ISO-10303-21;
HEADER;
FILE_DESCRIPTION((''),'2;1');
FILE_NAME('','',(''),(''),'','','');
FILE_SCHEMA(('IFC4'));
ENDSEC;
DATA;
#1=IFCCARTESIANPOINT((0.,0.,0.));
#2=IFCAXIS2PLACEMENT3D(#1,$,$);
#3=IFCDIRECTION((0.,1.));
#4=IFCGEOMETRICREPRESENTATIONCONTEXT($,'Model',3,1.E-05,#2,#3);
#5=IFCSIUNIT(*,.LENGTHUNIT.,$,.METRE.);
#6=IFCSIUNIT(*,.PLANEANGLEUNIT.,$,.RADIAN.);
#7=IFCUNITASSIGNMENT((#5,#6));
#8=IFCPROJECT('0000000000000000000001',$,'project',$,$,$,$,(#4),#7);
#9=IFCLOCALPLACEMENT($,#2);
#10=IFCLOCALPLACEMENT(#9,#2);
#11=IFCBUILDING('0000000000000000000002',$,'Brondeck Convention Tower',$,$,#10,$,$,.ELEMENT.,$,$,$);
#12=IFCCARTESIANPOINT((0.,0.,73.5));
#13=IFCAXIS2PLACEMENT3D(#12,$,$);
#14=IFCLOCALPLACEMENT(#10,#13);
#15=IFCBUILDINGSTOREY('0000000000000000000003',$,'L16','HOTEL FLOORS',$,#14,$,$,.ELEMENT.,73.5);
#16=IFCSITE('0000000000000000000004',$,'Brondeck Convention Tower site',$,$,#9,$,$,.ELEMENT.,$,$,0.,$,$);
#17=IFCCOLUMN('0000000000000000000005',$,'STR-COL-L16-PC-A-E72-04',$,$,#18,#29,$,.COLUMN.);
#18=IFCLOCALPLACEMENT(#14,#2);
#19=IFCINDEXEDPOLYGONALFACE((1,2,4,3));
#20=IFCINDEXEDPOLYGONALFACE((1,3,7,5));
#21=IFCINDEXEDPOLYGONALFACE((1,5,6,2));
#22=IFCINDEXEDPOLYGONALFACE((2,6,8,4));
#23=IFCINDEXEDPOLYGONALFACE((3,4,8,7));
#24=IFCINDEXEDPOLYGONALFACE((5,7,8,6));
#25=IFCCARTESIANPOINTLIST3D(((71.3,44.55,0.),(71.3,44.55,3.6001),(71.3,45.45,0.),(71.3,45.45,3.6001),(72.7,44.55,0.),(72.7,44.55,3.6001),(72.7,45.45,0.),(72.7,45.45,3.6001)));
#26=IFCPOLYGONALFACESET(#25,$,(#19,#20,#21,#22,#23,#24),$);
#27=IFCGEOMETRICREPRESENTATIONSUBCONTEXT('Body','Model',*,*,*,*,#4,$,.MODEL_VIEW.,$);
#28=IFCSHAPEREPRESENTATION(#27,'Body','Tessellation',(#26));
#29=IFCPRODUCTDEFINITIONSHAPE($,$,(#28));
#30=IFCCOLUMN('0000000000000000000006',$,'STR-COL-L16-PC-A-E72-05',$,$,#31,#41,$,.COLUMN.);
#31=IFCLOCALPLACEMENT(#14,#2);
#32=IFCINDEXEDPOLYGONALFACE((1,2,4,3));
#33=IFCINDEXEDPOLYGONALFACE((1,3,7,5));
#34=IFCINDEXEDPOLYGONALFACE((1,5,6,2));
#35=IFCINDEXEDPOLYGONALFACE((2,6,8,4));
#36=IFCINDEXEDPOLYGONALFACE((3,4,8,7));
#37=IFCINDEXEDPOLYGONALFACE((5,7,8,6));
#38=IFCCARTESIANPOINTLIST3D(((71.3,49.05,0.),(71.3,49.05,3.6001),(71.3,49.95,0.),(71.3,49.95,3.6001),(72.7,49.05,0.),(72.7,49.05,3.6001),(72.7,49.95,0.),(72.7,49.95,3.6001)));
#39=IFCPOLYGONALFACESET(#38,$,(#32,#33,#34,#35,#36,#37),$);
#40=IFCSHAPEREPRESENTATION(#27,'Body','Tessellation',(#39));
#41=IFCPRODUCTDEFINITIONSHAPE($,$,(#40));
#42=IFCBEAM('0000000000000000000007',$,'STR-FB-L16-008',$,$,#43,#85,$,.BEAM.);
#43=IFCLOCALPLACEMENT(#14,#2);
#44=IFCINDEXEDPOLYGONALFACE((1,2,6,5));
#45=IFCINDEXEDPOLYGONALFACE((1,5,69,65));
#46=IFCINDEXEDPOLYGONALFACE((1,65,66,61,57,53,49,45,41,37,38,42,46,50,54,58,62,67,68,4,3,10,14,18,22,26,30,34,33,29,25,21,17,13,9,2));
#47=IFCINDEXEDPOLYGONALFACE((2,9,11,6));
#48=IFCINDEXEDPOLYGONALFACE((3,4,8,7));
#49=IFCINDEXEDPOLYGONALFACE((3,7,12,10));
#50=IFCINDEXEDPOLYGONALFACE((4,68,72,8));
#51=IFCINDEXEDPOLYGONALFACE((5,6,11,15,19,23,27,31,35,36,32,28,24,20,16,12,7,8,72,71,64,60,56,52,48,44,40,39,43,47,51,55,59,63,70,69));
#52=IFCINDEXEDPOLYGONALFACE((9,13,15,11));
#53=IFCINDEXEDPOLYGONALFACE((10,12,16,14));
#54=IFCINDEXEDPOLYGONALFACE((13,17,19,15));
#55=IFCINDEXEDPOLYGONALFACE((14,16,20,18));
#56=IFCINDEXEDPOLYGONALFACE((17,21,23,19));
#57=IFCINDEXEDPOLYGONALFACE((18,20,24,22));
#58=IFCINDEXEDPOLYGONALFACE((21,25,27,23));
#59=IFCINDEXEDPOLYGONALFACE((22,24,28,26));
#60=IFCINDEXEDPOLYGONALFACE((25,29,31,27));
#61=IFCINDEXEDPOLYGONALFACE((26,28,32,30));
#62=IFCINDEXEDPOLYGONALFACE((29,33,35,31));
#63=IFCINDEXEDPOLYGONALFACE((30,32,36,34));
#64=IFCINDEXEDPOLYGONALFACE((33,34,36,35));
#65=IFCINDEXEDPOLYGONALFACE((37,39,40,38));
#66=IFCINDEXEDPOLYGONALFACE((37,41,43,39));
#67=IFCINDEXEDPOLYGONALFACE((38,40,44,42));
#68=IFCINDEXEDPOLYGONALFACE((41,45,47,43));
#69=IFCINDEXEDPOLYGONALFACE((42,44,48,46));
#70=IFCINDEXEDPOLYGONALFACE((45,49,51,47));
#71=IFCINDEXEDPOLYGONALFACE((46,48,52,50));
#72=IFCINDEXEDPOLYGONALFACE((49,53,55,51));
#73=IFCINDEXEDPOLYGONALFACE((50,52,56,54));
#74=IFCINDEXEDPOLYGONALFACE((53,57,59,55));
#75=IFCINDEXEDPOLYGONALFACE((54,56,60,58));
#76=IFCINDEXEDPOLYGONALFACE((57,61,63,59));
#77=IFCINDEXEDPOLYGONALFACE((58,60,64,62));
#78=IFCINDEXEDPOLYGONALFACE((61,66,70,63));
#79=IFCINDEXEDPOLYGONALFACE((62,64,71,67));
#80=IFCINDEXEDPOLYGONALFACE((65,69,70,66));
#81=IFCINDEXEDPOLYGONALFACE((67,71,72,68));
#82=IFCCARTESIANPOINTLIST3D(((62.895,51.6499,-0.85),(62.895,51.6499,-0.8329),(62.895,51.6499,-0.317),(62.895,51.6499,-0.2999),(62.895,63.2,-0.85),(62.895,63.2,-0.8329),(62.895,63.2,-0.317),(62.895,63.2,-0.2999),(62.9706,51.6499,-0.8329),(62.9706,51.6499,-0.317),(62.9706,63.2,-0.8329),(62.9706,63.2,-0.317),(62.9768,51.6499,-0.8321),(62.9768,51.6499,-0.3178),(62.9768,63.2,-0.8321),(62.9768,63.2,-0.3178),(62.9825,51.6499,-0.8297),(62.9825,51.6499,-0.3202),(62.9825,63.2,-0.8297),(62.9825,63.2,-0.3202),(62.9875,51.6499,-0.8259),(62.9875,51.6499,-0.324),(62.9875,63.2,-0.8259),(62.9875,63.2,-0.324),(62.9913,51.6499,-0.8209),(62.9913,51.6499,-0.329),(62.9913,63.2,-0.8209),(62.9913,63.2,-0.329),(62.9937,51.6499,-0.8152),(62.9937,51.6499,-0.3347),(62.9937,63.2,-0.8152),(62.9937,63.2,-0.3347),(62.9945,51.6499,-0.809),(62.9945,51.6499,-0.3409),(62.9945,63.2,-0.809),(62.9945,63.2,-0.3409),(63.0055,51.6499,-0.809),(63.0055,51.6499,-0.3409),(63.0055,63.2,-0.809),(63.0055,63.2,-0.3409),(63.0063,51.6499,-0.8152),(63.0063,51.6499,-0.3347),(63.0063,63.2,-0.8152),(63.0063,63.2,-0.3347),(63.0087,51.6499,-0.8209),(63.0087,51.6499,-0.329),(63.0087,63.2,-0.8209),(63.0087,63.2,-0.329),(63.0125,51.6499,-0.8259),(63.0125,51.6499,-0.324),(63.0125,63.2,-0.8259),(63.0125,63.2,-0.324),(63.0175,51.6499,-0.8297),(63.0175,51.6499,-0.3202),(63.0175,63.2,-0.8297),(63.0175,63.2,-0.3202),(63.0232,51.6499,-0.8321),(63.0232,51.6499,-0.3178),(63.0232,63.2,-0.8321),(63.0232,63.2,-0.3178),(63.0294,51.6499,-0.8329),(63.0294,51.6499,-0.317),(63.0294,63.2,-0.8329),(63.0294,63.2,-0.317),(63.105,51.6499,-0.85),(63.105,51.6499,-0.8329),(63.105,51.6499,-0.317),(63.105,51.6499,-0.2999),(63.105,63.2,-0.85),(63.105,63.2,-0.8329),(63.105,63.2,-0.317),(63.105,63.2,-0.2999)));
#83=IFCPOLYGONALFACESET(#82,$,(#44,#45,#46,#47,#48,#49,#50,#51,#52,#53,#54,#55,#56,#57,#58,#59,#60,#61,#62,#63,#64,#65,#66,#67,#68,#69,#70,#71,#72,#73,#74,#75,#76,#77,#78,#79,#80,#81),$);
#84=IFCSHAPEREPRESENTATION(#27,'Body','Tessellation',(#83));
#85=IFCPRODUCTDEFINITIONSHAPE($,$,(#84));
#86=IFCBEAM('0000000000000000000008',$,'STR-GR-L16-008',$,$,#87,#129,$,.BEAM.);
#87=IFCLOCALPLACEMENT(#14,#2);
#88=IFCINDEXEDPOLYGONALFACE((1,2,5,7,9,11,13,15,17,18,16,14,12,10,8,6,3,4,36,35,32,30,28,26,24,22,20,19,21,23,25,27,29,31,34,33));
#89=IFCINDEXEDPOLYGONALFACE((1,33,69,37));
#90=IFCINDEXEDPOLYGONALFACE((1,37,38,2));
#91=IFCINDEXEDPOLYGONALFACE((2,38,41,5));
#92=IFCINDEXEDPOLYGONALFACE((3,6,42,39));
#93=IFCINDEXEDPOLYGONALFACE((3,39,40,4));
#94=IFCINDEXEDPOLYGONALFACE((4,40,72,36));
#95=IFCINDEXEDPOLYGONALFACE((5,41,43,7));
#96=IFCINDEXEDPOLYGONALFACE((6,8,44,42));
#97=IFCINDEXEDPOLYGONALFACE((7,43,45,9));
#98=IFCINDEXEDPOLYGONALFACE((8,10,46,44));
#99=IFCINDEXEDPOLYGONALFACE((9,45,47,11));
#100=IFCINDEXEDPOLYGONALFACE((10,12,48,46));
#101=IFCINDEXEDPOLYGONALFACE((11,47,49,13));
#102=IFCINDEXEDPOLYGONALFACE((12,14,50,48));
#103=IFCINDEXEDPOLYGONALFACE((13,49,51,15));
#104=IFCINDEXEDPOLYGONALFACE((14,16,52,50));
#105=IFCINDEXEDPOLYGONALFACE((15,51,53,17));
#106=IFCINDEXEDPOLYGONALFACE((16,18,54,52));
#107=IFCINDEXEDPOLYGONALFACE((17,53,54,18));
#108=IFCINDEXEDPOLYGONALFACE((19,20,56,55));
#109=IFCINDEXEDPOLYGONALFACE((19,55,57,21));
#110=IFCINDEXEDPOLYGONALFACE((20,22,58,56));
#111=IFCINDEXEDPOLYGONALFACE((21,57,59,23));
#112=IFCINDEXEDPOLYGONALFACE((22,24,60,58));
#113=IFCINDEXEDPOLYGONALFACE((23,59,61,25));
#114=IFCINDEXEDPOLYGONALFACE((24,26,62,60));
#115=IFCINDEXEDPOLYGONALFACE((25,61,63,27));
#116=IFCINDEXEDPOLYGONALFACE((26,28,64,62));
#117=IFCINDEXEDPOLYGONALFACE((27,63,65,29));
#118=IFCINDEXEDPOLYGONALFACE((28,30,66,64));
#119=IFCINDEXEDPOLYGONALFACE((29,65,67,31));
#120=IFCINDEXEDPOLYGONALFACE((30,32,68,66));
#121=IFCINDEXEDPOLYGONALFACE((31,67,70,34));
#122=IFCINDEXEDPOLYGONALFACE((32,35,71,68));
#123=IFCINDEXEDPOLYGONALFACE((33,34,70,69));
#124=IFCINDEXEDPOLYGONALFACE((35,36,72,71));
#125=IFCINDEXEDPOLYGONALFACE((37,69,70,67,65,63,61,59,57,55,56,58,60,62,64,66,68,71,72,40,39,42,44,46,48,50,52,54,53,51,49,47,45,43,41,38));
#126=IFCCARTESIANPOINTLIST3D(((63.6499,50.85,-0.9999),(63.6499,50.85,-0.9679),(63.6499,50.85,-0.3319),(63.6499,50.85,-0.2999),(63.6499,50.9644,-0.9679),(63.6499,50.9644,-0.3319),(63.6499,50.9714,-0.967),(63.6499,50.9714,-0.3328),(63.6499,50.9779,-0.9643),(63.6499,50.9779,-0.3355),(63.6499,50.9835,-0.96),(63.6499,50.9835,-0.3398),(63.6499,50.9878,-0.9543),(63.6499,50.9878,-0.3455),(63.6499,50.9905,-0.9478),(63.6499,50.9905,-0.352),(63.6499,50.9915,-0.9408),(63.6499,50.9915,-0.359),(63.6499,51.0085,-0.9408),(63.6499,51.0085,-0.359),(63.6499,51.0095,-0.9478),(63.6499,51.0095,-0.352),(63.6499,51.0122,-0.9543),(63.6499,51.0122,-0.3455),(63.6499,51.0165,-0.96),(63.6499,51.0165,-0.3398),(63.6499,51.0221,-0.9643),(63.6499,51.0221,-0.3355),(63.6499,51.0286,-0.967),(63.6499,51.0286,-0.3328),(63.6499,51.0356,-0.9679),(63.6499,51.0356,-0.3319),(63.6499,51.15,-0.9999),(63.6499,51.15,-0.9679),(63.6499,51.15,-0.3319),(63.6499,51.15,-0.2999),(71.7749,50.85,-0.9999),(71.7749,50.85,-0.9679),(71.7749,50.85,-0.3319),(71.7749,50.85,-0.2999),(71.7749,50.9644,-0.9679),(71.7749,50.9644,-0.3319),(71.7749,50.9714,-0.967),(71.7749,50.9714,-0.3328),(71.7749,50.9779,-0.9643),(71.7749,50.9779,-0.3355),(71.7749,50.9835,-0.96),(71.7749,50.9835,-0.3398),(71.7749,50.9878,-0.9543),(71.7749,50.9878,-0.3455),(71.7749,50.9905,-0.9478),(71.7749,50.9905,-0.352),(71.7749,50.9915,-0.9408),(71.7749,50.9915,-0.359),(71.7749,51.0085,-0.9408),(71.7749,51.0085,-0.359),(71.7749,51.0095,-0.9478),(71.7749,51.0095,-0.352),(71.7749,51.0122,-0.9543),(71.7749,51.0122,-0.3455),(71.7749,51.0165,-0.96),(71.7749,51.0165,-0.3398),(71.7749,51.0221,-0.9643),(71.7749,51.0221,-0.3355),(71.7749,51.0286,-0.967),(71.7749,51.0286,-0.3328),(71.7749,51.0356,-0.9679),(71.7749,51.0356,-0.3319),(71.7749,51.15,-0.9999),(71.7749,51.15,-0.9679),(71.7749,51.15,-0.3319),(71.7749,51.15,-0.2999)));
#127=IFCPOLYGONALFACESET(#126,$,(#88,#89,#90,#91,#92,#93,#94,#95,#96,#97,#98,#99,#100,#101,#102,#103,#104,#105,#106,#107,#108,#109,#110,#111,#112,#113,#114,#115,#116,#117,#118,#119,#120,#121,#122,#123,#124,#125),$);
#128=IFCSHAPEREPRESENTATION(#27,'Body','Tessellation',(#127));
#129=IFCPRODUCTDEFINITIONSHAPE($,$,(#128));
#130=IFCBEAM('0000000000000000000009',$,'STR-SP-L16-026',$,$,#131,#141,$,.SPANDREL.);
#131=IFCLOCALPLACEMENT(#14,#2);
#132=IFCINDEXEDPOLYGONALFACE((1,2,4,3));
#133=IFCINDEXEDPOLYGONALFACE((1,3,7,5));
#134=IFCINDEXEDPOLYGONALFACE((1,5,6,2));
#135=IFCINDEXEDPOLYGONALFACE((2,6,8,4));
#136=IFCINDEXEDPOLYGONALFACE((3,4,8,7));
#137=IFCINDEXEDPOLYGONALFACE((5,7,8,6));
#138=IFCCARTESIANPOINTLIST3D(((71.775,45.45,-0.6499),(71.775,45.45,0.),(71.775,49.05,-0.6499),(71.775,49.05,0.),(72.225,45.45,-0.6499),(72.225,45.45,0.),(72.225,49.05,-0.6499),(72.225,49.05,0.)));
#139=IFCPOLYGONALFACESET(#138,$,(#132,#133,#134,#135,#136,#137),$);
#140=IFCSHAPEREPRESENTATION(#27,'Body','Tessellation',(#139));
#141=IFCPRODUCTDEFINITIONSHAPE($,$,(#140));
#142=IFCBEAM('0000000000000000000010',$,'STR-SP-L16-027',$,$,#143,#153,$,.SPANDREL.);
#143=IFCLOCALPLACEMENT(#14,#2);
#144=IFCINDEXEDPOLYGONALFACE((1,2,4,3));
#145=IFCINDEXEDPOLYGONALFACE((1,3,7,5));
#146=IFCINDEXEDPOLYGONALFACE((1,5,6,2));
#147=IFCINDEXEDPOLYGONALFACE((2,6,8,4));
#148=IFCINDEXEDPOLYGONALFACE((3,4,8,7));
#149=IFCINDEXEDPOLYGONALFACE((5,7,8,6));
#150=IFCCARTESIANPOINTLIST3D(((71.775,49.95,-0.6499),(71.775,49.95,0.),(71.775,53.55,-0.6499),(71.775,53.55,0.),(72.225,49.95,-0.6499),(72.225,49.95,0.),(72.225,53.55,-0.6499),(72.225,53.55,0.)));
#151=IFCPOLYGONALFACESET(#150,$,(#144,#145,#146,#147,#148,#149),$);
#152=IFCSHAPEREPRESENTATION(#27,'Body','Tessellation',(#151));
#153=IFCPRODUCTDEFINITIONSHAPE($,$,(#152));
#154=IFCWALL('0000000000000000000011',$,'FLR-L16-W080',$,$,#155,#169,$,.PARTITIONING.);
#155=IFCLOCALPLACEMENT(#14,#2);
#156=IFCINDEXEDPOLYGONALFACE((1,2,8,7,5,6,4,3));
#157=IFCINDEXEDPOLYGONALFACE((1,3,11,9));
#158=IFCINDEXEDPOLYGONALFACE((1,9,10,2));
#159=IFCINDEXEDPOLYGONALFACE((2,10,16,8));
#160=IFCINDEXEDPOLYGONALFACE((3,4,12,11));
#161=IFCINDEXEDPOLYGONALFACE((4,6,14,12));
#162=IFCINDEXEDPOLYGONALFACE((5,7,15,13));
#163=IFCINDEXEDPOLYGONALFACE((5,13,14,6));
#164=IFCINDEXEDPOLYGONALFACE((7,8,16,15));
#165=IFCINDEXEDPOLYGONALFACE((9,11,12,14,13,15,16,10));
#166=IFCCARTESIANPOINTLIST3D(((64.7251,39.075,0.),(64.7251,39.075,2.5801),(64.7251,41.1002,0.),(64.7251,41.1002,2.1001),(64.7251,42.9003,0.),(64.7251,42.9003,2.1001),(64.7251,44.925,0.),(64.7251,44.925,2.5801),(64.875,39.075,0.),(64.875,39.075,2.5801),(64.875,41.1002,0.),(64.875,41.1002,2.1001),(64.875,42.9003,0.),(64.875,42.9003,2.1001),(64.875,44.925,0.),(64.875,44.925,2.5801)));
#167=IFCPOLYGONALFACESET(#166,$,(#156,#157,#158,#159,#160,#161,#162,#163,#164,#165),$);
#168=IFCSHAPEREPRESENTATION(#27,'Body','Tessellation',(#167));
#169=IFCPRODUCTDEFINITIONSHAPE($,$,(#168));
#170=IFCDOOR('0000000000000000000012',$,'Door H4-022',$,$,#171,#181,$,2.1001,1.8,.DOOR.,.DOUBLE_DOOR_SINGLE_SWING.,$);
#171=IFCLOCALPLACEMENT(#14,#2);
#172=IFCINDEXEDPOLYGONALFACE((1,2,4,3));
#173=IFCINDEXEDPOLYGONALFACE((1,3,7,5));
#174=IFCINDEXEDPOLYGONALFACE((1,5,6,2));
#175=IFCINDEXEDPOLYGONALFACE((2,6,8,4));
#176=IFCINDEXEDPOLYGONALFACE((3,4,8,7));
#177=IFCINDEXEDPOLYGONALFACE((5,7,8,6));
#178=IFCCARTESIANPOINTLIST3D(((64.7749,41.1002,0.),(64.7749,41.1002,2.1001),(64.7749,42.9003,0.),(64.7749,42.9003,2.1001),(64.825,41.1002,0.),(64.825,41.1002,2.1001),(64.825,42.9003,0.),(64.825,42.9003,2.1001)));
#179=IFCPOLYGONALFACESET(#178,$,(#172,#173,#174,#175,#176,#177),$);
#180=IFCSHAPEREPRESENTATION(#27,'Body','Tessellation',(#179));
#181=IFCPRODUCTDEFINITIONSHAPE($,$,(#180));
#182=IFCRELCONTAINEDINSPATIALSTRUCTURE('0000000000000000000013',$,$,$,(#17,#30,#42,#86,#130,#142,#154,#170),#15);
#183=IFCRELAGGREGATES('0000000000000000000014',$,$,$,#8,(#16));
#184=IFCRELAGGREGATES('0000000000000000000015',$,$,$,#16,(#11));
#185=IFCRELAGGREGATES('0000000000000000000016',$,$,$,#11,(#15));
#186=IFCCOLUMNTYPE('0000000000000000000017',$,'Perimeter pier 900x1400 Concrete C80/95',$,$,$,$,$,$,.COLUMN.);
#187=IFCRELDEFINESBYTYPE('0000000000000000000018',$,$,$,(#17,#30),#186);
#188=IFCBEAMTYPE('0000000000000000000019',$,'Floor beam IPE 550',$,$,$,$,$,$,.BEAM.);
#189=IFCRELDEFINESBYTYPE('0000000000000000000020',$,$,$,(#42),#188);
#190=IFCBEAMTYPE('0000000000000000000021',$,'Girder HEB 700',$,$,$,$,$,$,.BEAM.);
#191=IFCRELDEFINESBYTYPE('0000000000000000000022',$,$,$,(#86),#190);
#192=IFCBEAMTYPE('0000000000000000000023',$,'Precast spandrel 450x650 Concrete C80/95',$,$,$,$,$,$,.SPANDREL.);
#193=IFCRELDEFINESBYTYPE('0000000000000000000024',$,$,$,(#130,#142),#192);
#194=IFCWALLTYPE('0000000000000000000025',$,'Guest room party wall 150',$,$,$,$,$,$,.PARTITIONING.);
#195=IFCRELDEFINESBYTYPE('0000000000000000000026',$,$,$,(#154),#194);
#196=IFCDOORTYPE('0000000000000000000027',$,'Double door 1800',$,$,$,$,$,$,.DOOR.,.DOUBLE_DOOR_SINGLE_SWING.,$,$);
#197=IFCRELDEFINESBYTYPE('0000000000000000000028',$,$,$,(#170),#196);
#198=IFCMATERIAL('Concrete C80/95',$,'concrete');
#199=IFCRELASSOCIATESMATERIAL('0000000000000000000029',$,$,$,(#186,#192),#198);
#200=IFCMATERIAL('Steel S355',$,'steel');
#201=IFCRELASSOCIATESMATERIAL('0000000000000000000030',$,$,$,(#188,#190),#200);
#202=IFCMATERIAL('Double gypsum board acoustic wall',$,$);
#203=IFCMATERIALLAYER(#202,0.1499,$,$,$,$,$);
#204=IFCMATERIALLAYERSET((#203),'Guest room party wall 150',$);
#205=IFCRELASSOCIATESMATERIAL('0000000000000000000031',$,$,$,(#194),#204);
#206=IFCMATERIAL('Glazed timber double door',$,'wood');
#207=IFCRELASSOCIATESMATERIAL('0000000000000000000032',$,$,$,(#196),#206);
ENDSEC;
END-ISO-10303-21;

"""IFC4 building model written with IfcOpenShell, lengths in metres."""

from ifc_helpers import new_model, si_unit, direction, frame, frame_2d, origin, origin_2d, place, context, subcontext, project, spatial, rectangle, i_section, extrude, material, layer, layer_set, material_profile, profile_set, type_object, element, fill, save


model = new_model("IFC4")

# Units and contexts
model_context = context("Model", 3, precision=1e-05, world=origin(), true_north=direction((0.0, 1.0)))
body_context = subcontext(model_context, "Body", "Model", "MODEL_VIEW")
ifc_project = project(units=[si_unit("LENGTHUNIT", "METRE"), si_unit("PLANEANGLEUNIT", "RADIAN")], contexts=[model_context])

# Site, building, storey
site_placement = place(None, origin())
site = spatial("IfcSite", under=ifc_project, at=site_placement, Name="Brondeck Convention Tower site", CompositionType="ELEMENT", RefElevation=0.0)
building_placement = place(site_placement, origin())
building = spatial("IfcBuilding", under=site, at=building_placement, Name="Brondeck Convention Tower", CompositionType="ELEMENT")
storey_placement = place(building_placement, frame((0.0, 0.0, 73.5)))
storey = spatial("IfcBuildingStorey", under=building, at=storey_placement, Name="L16", Description="HOTEL FLOORS", CompositionType="ELEMENT", Elevation=73.5)

# Columns
ifc_material_1 = material(Name="Concrete C80/95", Category="concrete")
ifc_material_profile_1 = material_profile(ifc_material_1, rectangle(XDim=0.8999, YDim=1.3999, at=origin_2d()), Name="Perimeter pier 900x1400 Concrete C80/95")
ifc_profile_set_1 = profile_set([ifc_material_profile_1], Name="Concrete C80/95")
column_type = type_object("IfcColumnType", Name="Perimeter pier 900x1400 Concrete C80/95", PredefinedType="COLUMN", material=ifc_profile_set_1)
for number, where, z_axis, x_axis, name in (
    (1, (72.0, 45.0, 0.0), (0.0, 0.0, 1.0), (0.0, 1.0, 0.0), "STR-COL-L16-PC-A-E72-04"),
    (2, (72.0, 49.5, 0.0), (0.0, 0.0, 1.0), (0.0, 1.0, 0.0), "STR-COL-L16-PC-A-E72-05"),
):
    element("IfcColumn", number, at=place(storey_placement, frame(where, z_axis=z_axis, x_axis=x_axis)), inside=storey, type_object=column_type, Name=name, PredefinedType="COLUMN", context=body_context, shape_type="SweptSolid", body=[
        extrude(rectangle(XDim=0.8999, YDim=1.3999, at=origin_2d()), origin(), (0.0, 0.0, 1.0), 3.6001),
    ])

# Beams
ifc_material_2 = material(Name="Steel S355", Category="steel")
ifc_material_profile_2 = material_profile(ifc_material_2, i_section(OverallWidth=0.21, OverallDepth=0.55, WebThickness=0.011, FlangeThickness=0.0171, FilletRadius=0.0239, at=origin_2d()), Name="IPE 550")
ifc_profile_set_2 = profile_set([ifc_material_profile_2], Name="Steel S355")
beam_type_1 = type_object("IfcBeamType", Name="Floor beam IPE 550", PredefinedType="BEAM", material=ifc_profile_set_2)
beam_1_placement = place(storey_placement, frame((63.0, 51.6499, -0.575), z_axis=(0.0, 1.0, 0.0), x_axis=(-1.0, 0.0, 0.0)))
element("IfcBeam", 3, at=beam_1_placement, inside=storey, type_object=beam_type_1, Name="STR-FB-L16-008", PredefinedType="BEAM", context=body_context, shape_type="SweptSolid", body=[
    extrude(i_section(OverallWidth=0.21, OverallDepth=0.55, WebThickness=0.011, FlangeThickness=0.0171, FilletRadius=0.0239, at=origin_2d()), origin(), (0.0, 0.0, 1.0), 11.55),
])
ifc_material_profile_3 = material_profile(ifc_material_2, i_section(OverallWidth=0.3, OverallDepth=0.7, WebThickness=0.0171, FlangeThickness=0.032, FilletRadius=0.0271, at=origin_2d()), Name="HEB 700")
ifc_profile_set_3 = profile_set([ifc_material_profile_3], Name="Steel S355")
beam_type_2 = type_object("IfcBeamType", Name="Girder HEB 700", PredefinedType="BEAM", material=ifc_profile_set_3)
beam_2_placement = place(storey_placement, frame((63.6499, 51.0, -0.6499), z_axis=(1.0, 0.0, 0.0), x_axis=(0.0, 1.0, 0.0)))
element("IfcBeam", 4, at=beam_2_placement, inside=storey, type_object=beam_type_2, Name="STR-GR-L16-008", PredefinedType="BEAM", context=body_context, shape_type="SweptSolid", body=[
    extrude(i_section(OverallWidth=0.3, OverallDepth=0.7, WebThickness=0.0171, FlangeThickness=0.032, FilletRadius=0.0271, at=origin_2d()), origin(), (0.0, 0.0, 1.0), 8.125),
])
ifc_material_profile_4 = material_profile(ifc_material_1, rectangle(XDim=0.45, YDim=0.6499, at=origin_2d()), Name="Precast spandrel 450x650 Concrete C80/95")
ifc_profile_set_4 = profile_set([ifc_material_profile_4], Name="Concrete C80/95")
beam_type_3 = type_object("IfcBeamType", Name="Precast spandrel 450x650 Concrete C80/95", PredefinedType="SPANDREL", material=ifc_profile_set_4)
for number, where, z_axis, x_axis, name in (
    (5, (72.0, 45.45, -0.325), (0.0, 1.0, 0.0), (-1.0, 0.0, 0.0), "STR-SP-L16-026"),
    (6, (72.0, 49.95, -0.325), (0.0, 1.0, 0.0), (-1.0, 0.0, 0.0), "STR-SP-L16-027"),
):
    element("IfcBeam", number, at=place(storey_placement, frame(where, z_axis=z_axis, x_axis=x_axis)), inside=storey, type_object=beam_type_3, Name=name, PredefinedType="SPANDREL", context=body_context, shape_type="SweptSolid", body=[
        extrude(rectangle(XDim=0.45, YDim=0.6499, at=origin_2d()), origin(), (0.0, 0.0, 1.0), 3.6001),
    ])

# Wall, opening, door
ifc_material_3 = material(Name="Double gypsum board acoustic wall")
ifc_layer_1 = layer(ifc_material_3, 0.1499)
ifc_layer_set_1 = layer_set([ifc_layer_1], Name="Guest room party wall 150")
wall_type_1 = type_object("IfcWallType", Name="Guest room party wall 150", PredefinedType="PARTITIONING", material=ifc_layer_set_1)
wall_1_placement = place(storey_placement, frame((64.8, 44.925, 0.0), z_axis=(0.0, 0.0, 1.0), x_axis=(0.0, -1.0, 0.0)))
wall_1 = element("IfcWall", 7, at=wall_1_placement, inside=storey, type_object=wall_type_1, Name="FLR-L16-W080", PredefinedType="PARTITIONING", context=body_context, shape_type="SweptSolid", body=[
    extrude(rectangle(XDim=5.8501, YDim=0.1499, at=frame_2d((2.925, 0.0))), origin(), (0.0, 0.0, 1.0), 2.5801),
])
opening_1_placement = place(wall_1_placement, frame((2.0249, 0.0, 0.0)))
opening_1 = element("IfcOpeningElement", 8, at=opening_1_placement, cuts=wall_1, PredefinedType="OPENING", context=body_context, shape_type="SweptSolid", body=[
    extrude(rectangle(XDim=1.8, YDim=2.1001, at=frame_2d((0.8999, 1.05))), frame((0.0, 0.085, 0.0), z_axis=(0.0, -1.0, 0.0), x_axis=(1.0, 0.0, 0.0)), (0.0, 0.0, 1.0), 0.1699),
])
ifc_material_4 = material(Name="Glazed timber double door", Category="wood")
door_type_1 = type_object("IfcDoorType", Name="Double door 1800", OperationType="DOUBLE_DOOR_SINGLE_SWING", PredefinedType="DOOR", material=ifc_material_4)
door_1_placement = place(opening_1_placement, origin())
door_1 = element("IfcDoor", 9, at=door_1_placement, inside=storey, type_object=door_type_1, Name="Door H4-022", OperationType="DOUBLE_DOOR_SINGLE_SWING", OverallHeight=2.1001, OverallWidth=1.8, PredefinedType="DOOR", context=body_context, shape_type="SweptSolid", body=[
    extrude(rectangle(XDim=1.8, YDim=2.1001, at=frame_2d((0.8999, 1.05))), frame((0.0, 0.0249, 0.0), z_axis=(0.0, -1.0, 0.0), x_axis=(1.0, 0.0, 0.0)), (0.0, 0.0, 1.0), 0.05),
])
fill(opening_1, door_1)

save(model, "model.ifc")
